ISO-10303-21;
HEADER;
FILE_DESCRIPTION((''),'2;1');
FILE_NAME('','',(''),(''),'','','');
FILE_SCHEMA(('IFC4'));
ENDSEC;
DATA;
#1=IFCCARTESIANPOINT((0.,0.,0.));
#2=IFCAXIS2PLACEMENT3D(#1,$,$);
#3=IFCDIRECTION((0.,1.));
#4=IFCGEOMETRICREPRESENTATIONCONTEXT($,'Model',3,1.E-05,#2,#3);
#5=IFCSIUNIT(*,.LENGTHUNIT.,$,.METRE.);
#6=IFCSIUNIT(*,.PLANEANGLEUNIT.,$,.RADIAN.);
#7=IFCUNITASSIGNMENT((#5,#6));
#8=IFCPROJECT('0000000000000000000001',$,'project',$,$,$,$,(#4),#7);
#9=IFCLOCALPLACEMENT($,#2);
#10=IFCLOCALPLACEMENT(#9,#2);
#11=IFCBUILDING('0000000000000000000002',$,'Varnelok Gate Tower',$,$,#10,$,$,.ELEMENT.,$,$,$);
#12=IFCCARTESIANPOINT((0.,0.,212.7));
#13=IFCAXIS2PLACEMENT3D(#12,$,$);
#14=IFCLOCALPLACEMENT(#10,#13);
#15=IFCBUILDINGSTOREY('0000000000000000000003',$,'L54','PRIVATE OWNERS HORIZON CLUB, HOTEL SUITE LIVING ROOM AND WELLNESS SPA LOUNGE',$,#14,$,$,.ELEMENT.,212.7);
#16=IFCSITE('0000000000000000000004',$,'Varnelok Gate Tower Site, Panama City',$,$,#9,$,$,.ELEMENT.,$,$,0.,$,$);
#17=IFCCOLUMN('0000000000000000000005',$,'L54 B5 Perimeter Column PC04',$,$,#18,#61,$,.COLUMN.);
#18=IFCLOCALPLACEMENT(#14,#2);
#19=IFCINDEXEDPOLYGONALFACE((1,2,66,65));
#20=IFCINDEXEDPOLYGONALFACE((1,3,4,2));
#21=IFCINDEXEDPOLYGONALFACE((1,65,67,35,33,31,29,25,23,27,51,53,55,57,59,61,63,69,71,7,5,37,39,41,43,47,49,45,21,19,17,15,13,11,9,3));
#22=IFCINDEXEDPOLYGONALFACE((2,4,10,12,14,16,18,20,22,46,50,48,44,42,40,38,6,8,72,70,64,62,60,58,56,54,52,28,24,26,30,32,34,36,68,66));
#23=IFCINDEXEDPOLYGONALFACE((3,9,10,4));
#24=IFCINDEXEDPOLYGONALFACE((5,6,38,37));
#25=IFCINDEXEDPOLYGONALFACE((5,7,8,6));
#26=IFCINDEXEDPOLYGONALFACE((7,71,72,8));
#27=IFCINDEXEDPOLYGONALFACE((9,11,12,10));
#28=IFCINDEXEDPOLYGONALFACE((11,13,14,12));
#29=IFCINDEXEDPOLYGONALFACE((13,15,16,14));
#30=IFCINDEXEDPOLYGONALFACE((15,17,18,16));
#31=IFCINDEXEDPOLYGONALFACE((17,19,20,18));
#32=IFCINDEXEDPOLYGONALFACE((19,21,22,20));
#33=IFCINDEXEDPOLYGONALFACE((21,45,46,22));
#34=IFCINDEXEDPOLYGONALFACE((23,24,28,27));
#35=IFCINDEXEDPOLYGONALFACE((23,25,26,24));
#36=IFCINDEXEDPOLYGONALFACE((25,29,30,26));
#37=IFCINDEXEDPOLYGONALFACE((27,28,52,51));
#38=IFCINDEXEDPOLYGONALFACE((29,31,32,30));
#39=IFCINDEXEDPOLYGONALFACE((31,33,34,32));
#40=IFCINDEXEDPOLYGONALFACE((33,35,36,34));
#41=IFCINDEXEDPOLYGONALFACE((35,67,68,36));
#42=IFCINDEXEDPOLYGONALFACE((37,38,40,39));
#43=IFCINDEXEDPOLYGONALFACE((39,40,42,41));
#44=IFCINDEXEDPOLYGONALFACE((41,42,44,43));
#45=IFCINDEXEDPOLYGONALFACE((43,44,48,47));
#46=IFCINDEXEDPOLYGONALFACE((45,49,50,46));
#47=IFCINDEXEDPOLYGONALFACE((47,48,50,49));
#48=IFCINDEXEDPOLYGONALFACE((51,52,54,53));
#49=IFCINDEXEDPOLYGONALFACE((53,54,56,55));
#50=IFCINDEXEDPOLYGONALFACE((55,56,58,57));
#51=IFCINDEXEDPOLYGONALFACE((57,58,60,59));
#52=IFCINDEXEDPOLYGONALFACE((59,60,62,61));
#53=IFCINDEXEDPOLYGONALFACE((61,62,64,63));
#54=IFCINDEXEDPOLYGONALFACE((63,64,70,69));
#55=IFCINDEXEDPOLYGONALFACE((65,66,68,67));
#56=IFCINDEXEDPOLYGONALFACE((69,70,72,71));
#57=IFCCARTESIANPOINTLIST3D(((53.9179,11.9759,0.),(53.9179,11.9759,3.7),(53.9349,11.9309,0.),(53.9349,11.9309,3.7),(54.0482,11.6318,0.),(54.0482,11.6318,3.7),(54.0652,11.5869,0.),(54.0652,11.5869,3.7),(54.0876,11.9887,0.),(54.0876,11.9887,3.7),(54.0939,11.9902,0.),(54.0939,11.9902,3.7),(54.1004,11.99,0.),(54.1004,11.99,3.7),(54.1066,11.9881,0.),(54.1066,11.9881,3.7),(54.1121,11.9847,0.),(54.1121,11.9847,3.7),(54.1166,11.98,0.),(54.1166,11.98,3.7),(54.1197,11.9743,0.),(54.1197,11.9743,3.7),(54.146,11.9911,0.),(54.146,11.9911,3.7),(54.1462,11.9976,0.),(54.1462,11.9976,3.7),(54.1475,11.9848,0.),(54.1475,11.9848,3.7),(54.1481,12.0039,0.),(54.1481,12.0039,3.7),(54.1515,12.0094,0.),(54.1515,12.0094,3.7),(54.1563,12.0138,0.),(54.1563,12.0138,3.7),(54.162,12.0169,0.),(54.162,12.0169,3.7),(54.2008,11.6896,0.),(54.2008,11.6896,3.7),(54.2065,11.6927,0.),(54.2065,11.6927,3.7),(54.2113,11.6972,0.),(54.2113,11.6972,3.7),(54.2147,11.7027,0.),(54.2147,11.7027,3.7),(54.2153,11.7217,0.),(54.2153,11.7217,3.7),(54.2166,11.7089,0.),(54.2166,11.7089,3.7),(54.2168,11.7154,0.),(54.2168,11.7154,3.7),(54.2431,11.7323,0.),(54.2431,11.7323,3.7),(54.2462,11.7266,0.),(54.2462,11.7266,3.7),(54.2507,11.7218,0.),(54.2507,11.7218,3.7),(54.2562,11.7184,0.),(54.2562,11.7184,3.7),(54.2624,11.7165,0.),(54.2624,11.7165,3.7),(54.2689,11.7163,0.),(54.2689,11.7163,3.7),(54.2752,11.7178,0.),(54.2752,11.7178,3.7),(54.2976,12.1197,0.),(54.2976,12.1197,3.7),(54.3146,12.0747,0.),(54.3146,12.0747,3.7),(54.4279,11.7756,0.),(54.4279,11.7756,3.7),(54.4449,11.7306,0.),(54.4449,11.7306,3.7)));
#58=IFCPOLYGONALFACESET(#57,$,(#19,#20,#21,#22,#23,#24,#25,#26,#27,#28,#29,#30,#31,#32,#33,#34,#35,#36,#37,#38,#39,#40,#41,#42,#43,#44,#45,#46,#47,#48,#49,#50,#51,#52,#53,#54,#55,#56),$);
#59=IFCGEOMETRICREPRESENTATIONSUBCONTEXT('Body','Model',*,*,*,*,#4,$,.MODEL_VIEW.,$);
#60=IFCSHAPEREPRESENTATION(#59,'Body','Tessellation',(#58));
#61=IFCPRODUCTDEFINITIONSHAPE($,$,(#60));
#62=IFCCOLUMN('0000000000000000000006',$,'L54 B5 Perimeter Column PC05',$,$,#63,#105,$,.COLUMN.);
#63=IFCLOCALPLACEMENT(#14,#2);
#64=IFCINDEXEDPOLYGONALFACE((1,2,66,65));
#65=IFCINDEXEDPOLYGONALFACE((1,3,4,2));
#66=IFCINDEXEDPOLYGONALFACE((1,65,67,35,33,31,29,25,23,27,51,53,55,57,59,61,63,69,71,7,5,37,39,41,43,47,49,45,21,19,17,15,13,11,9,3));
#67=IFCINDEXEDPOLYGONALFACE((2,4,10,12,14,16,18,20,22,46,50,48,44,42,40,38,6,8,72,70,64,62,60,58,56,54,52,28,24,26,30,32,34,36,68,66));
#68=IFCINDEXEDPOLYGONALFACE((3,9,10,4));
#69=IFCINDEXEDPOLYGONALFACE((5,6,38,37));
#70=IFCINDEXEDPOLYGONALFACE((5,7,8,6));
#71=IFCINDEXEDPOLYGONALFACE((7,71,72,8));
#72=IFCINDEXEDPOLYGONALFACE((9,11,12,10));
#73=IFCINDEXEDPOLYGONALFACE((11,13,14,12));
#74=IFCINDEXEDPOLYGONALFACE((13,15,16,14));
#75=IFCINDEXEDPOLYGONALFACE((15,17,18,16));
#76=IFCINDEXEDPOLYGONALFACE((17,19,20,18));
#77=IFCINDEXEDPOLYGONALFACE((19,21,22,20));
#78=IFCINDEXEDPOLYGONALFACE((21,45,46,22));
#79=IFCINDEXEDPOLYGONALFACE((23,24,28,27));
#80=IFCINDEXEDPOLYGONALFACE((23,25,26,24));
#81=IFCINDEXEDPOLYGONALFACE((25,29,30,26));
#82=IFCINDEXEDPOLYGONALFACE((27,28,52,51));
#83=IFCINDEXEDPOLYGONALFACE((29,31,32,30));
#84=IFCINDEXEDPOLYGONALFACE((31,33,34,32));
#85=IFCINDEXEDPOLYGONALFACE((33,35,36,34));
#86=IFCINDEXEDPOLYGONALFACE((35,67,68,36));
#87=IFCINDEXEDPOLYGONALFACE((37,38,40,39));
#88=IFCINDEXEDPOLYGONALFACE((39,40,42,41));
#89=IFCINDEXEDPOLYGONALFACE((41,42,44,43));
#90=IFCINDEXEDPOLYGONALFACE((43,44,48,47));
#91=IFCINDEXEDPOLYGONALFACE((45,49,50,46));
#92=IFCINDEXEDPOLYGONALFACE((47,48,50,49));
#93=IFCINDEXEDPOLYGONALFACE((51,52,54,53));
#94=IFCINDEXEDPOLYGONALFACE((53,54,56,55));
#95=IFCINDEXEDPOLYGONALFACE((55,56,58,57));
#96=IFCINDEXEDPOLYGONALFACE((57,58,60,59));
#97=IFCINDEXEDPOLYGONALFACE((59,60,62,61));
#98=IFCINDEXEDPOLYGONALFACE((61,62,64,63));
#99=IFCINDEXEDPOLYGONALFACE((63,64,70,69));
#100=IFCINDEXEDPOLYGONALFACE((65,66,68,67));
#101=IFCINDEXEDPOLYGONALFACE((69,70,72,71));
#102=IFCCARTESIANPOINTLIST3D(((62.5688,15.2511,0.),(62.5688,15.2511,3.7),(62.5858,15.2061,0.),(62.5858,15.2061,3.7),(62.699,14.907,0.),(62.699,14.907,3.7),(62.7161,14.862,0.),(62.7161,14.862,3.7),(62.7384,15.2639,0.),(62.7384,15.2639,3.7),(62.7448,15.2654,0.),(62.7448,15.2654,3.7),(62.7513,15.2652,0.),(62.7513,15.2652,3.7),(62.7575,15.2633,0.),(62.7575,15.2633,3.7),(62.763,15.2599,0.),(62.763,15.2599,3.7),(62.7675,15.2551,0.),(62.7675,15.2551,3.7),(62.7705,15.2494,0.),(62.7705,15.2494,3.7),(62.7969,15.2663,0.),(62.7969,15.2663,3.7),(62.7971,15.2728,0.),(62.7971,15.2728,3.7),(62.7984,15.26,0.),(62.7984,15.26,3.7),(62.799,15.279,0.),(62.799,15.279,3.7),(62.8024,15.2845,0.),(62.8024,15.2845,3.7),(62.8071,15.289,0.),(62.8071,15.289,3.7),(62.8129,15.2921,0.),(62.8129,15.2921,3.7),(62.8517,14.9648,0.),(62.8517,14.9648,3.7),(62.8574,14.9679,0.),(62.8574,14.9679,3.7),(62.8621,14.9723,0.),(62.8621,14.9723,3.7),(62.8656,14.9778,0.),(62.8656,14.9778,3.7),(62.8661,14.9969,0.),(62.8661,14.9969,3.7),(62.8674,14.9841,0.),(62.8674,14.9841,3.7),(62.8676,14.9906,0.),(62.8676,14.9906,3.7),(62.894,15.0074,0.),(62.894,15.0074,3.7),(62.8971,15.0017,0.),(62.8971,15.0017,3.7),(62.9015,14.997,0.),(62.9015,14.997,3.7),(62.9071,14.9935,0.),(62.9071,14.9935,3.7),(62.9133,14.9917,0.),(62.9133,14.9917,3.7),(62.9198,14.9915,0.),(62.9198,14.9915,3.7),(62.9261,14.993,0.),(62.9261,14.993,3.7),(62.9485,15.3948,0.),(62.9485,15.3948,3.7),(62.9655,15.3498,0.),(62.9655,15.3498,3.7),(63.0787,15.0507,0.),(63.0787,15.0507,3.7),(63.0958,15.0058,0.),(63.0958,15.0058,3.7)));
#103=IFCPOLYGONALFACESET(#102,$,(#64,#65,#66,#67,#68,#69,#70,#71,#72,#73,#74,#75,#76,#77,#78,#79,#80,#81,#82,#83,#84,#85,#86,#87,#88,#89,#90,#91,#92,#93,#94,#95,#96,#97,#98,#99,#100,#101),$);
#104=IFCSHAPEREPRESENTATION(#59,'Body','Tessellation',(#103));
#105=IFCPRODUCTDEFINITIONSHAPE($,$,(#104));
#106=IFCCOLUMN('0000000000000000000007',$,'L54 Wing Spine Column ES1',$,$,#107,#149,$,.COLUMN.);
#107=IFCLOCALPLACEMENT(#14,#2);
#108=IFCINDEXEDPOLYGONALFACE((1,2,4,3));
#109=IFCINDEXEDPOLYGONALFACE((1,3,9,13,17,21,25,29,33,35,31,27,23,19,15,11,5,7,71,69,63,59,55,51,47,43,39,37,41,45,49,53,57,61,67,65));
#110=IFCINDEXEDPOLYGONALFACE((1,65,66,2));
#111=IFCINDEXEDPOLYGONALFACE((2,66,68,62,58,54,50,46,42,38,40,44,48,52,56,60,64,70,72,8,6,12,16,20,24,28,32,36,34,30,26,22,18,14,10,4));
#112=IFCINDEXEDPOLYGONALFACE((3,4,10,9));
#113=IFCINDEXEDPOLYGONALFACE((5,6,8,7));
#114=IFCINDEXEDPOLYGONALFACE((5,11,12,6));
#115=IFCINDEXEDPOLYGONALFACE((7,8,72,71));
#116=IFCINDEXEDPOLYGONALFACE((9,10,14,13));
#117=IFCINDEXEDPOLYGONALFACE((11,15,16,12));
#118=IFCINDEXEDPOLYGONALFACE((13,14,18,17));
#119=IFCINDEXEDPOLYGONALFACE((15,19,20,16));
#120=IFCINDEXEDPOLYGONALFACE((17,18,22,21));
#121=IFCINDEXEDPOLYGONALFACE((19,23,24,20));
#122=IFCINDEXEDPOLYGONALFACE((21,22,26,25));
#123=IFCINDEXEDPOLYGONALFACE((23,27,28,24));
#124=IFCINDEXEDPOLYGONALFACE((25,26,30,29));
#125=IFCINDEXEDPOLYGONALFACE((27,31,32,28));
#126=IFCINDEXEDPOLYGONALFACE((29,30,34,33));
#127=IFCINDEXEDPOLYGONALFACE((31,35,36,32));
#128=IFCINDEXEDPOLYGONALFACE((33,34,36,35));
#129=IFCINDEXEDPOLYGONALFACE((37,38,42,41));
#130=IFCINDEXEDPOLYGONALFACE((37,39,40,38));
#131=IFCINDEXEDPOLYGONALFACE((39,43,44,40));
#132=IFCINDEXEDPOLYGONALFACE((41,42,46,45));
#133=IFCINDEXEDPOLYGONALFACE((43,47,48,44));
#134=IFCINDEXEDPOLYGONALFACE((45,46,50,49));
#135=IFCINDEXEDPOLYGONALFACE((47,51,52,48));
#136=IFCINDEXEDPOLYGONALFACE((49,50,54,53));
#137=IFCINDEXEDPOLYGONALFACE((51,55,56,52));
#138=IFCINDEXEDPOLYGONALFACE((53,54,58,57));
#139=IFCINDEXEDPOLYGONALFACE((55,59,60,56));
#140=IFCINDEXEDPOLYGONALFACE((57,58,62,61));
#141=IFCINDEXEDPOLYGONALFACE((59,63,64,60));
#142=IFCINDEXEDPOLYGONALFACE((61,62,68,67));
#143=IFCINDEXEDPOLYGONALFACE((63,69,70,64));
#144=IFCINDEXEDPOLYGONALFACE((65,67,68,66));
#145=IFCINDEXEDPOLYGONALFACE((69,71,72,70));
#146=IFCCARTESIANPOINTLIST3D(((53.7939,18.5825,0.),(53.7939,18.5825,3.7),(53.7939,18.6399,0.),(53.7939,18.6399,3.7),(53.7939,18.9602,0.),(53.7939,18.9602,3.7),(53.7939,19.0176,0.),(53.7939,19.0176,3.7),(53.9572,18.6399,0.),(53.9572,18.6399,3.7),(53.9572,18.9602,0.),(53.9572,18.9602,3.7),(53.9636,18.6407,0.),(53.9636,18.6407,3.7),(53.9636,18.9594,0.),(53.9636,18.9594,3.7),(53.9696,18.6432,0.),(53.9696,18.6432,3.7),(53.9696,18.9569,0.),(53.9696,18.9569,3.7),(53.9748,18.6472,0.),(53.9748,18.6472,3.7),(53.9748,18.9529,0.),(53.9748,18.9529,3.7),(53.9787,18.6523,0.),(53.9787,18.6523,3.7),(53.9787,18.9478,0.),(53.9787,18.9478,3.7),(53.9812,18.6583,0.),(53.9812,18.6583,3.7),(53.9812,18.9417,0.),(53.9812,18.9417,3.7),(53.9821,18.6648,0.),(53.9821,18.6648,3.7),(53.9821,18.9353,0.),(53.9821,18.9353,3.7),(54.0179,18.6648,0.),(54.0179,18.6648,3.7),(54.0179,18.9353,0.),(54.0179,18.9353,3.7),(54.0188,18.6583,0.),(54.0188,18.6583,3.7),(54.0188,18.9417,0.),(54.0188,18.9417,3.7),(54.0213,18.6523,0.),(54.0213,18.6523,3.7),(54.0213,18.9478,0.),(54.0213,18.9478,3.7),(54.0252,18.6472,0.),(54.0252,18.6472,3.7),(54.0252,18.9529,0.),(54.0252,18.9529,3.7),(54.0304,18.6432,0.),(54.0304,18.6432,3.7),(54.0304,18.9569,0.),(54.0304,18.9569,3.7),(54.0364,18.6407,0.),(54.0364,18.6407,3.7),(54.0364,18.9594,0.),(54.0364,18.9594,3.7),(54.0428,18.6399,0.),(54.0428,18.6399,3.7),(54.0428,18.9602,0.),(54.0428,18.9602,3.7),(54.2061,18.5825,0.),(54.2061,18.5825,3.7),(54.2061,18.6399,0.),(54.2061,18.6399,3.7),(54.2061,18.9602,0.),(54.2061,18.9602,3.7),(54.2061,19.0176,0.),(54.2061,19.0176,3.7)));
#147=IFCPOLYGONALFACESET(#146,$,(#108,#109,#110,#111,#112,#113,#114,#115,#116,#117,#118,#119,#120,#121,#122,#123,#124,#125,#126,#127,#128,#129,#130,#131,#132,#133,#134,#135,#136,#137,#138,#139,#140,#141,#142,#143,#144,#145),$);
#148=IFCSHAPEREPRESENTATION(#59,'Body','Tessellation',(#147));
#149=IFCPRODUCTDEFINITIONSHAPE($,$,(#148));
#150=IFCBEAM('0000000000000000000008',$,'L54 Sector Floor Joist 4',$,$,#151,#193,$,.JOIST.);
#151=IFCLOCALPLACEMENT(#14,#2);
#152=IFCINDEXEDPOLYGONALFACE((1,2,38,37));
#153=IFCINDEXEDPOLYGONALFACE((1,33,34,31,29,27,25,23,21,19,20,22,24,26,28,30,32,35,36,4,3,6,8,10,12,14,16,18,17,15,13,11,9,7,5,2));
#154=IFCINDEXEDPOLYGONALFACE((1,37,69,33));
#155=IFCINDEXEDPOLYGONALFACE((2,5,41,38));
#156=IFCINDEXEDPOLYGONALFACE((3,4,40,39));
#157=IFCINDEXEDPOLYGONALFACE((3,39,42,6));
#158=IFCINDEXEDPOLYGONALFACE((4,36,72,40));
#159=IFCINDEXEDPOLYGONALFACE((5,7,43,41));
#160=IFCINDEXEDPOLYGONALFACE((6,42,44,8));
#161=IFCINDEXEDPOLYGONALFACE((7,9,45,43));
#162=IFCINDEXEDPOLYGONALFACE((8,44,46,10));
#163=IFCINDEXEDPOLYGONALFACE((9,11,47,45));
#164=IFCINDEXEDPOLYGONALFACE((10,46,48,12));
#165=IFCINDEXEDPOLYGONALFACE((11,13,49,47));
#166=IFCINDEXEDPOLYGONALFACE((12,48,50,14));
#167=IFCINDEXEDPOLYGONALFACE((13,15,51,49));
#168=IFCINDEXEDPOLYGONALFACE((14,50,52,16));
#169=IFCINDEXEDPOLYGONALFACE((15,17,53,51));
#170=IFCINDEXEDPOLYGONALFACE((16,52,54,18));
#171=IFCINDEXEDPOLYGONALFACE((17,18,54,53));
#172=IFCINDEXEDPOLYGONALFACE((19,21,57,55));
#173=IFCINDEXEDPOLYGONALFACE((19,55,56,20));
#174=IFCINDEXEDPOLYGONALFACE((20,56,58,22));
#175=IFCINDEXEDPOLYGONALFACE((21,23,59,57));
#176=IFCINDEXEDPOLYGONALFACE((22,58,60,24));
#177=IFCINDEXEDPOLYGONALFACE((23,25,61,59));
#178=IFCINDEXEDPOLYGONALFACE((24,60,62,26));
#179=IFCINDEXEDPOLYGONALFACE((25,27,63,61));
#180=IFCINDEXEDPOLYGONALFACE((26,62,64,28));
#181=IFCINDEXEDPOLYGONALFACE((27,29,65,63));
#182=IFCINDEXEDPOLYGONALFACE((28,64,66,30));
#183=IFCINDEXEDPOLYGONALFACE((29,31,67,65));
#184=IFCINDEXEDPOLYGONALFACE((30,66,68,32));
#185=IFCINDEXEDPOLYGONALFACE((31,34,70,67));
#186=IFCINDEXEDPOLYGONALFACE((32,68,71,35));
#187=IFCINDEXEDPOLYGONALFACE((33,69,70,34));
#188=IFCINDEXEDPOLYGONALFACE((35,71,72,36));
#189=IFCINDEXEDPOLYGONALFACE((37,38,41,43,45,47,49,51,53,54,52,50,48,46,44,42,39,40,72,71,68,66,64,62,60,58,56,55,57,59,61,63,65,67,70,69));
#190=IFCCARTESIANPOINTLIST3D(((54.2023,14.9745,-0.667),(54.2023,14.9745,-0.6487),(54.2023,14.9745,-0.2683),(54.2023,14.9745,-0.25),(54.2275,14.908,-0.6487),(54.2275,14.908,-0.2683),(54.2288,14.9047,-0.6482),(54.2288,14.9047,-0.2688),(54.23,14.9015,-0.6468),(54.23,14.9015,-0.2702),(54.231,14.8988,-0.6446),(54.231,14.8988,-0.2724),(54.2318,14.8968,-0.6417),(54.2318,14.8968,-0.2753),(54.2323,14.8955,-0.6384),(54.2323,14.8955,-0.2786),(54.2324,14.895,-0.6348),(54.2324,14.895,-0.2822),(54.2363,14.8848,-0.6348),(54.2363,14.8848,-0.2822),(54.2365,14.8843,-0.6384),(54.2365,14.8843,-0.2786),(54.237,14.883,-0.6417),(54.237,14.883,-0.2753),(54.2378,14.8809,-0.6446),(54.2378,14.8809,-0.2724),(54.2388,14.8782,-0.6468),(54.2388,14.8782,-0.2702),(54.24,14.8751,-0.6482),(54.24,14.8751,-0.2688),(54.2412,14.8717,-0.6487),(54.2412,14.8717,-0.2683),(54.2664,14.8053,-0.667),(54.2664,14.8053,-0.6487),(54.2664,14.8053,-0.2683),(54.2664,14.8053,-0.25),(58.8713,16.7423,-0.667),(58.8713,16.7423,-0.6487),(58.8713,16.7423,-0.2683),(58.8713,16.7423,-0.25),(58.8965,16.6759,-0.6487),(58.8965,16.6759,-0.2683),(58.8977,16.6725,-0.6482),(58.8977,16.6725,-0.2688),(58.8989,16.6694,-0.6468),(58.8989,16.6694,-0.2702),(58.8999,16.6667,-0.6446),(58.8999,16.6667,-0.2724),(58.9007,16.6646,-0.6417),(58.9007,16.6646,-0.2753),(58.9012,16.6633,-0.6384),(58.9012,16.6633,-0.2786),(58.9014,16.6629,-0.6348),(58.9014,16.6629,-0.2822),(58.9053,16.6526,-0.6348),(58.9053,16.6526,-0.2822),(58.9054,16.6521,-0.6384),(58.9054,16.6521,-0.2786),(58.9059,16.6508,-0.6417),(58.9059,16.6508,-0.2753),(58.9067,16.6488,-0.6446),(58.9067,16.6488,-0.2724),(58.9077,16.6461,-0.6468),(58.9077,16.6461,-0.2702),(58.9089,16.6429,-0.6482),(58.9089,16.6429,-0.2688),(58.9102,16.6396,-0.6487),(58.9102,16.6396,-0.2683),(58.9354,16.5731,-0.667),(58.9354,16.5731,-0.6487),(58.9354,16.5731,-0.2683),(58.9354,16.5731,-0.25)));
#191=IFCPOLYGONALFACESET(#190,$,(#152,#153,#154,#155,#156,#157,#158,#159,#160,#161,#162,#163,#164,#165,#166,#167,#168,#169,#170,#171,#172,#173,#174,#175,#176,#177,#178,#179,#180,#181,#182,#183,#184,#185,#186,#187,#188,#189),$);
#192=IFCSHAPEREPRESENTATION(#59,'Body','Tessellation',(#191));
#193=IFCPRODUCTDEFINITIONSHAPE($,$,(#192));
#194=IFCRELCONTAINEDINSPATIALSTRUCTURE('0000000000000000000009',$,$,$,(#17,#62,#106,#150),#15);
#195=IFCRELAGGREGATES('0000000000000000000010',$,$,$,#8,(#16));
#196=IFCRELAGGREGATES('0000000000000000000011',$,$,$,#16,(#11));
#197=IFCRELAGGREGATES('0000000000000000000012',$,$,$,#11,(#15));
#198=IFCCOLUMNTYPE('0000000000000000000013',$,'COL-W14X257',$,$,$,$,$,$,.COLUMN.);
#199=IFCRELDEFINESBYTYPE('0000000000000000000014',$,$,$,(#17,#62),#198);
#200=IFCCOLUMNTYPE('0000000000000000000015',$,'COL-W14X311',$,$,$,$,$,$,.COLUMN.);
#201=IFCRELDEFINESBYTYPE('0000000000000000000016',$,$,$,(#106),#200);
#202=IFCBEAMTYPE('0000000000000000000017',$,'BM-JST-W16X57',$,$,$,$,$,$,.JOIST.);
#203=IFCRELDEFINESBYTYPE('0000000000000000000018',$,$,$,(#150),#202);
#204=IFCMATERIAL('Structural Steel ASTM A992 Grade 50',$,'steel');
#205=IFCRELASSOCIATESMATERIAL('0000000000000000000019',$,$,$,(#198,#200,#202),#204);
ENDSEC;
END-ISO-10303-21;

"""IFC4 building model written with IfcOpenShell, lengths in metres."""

from ifc_helpers import new_model, si_unit, direction, frame, origin, origin_2d, place, context, subcontext, project, spatial, i_section, extrude, material, material_profile, profile_set, type_object, element, save


model = new_model("IFC4")

# Units and contexts
model_context = context("Model", 3, precision=1e-05, world=origin(), true_north=direction((0.0, 1.0)))
body_context = subcontext(model_context, "Body", "Model", "MODEL_VIEW")
ifc_project = project(units=[si_unit("LENGTHUNIT", "METRE"), si_unit("PLANEANGLEUNIT", "RADIAN")], contexts=[model_context])

# Site, building, storey
site_placement = place(None, origin())
site = spatial("IfcSite", under=ifc_project, at=site_placement, Name="Varnelok Gate Tower Site, Panama City", CompositionType="ELEMENT", RefElevation=0.0)
building_placement = place(site_placement, origin())
building = spatial("IfcBuilding", under=site, at=building_placement, Name="Varnelok Gate Tower", CompositionType="ELEMENT")
storey_placement = place(building_placement, frame((0.0, 0.0, 212.7)))
storey = spatial("IfcBuildingStorey", under=building, at=storey_placement, Name="L54", Description="PRIVATE OWNERS HORIZON CLUB, HOTEL SUITE LIVING ROOM AND WELLNESS SPA LOUNGE", CompositionType="ELEMENT", Elevation=212.7)

# Columns
ifc_material_1 = material(Name="Structural Steel ASTM A992 Grade 50", Category="steel")
ifc_material_profile_1 = material_profile(ifc_material_1, i_section(OverallWidth=0.406, OverallDepth=0.416, WebThickness=0.0298, FlangeThickness=0.0481, FilletRadius=0.0249, at=origin_2d()), Name="W14X257")
ifc_profile_set_1 = profile_set([ifc_material_profile_1], Name="Structural Steel ASTM A992 Grade 50")
column_type_1 = type_object("IfcColumnType", Name="COL-W14X257", PredefinedType="COLUMN", material=ifc_profile_set_1)
for number, where, z_axis, x_axis, name in (
    (1, (54.1814, 11.8533, 0.0), (0.0, 0.0, 1.0), (0.935222, 0.354063, 0.0), "L54 B5 Perimeter Column PC04"),
    (2, (62.8323, 15.1284, 0.0), (0.0, 0.0, 1.0), (0.935222, 0.354063, 0.0), "L54 B5 Perimeter Column PC05"),
):
    element("IfcColumn", number, at=place(storey_placement, frame(where, z_axis=z_axis, x_axis=x_axis)), inside=storey, type_object=column_type_1, Name=name, PredefinedType="COLUMN", context=body_context, shape_type="SweptSolid", body=[
        extrude(i_section(OverallWidth=0.406, OverallDepth=0.416, WebThickness=0.0298, FlangeThickness=0.0481, FilletRadius=0.0249, at=origin_2d()), origin(), (0.0, 0.0, 1.0), 3.7),
    ])
ifc_material_profile_2 = material_profile(ifc_material_1, i_section(OverallWidth=0.4121, OverallDepth=0.4351, WebThickness=0.0359, FlangeThickness=0.0574, FilletRadius=0.0249, at=origin_2d()), Name="W14X311")
ifc_profile_set_2 = profile_set([ifc_material_profile_2], Name="Structural Steel ASTM A992 Grade 50")
column_type_2 = type_object("IfcColumnType", Name="COL-W14X311", PredefinedType="COLUMN", material=ifc_profile_set_2)
column_placement = place(storey_placement, frame((54.0, 18.8, 0.0), z_axis=(0.0, 0.0, 1.0), x_axis=(1.0, 0.0, 0.0)))
element("IfcColumn", 3, at=column_placement, inside=storey, type_object=column_type_2, Name="L54 Wing Spine Column ES1", PredefinedType="COLUMN", context=body_context, shape_type="SweptSolid", body=[
    extrude(i_section(OverallWidth=0.4121, OverallDepth=0.4351, WebThickness=0.0359, FlangeThickness=0.0574, FilletRadius=0.0249, at=origin_2d()), origin(), (0.0, 0.0, 1.0), 3.7),
])

# Beam
ifc_material_profile_3 = material_profile(ifc_material_1, i_section(OverallWidth=0.1809, OverallDepth=0.417, WebThickness=0.011, FlangeThickness=0.0183, FilletRadius=0.0139, at=origin_2d()), Name="W16X57")
ifc_profile_set_3 = profile_set([ifc_material_profile_3], Name="Structural Steel ASTM A992 Grade 50")
beam_type_1 = type_object("IfcBeamType", Name="BM-JST-W16X57", PredefinedType="JOIST", material=ifc_profile_set_3)
beam_1_placement = place(storey_placement, frame((54.2344, 14.8899, -0.4585), z_axis=(0.935207, 0.354101, 0.0), x_axis=(-0.354101, 0.935207, 0.0)))
element("IfcBeam", 4, at=beam_1_placement, inside=storey, type_object=beam_type_1, Name="L54 Sector Floor Joist 4", PredefinedType="JOIST", context=body_context, shape_type="SweptSolid", body=[
    extrude(i_section(OverallWidth=0.1809, OverallDepth=0.417, WebThickness=0.011, FlangeThickness=0.0183, FilletRadius=0.0139, at=origin_2d()), origin(), (0.0, 0.0, 1.0), 4.9924),
])

save(model, "model.ifc")
